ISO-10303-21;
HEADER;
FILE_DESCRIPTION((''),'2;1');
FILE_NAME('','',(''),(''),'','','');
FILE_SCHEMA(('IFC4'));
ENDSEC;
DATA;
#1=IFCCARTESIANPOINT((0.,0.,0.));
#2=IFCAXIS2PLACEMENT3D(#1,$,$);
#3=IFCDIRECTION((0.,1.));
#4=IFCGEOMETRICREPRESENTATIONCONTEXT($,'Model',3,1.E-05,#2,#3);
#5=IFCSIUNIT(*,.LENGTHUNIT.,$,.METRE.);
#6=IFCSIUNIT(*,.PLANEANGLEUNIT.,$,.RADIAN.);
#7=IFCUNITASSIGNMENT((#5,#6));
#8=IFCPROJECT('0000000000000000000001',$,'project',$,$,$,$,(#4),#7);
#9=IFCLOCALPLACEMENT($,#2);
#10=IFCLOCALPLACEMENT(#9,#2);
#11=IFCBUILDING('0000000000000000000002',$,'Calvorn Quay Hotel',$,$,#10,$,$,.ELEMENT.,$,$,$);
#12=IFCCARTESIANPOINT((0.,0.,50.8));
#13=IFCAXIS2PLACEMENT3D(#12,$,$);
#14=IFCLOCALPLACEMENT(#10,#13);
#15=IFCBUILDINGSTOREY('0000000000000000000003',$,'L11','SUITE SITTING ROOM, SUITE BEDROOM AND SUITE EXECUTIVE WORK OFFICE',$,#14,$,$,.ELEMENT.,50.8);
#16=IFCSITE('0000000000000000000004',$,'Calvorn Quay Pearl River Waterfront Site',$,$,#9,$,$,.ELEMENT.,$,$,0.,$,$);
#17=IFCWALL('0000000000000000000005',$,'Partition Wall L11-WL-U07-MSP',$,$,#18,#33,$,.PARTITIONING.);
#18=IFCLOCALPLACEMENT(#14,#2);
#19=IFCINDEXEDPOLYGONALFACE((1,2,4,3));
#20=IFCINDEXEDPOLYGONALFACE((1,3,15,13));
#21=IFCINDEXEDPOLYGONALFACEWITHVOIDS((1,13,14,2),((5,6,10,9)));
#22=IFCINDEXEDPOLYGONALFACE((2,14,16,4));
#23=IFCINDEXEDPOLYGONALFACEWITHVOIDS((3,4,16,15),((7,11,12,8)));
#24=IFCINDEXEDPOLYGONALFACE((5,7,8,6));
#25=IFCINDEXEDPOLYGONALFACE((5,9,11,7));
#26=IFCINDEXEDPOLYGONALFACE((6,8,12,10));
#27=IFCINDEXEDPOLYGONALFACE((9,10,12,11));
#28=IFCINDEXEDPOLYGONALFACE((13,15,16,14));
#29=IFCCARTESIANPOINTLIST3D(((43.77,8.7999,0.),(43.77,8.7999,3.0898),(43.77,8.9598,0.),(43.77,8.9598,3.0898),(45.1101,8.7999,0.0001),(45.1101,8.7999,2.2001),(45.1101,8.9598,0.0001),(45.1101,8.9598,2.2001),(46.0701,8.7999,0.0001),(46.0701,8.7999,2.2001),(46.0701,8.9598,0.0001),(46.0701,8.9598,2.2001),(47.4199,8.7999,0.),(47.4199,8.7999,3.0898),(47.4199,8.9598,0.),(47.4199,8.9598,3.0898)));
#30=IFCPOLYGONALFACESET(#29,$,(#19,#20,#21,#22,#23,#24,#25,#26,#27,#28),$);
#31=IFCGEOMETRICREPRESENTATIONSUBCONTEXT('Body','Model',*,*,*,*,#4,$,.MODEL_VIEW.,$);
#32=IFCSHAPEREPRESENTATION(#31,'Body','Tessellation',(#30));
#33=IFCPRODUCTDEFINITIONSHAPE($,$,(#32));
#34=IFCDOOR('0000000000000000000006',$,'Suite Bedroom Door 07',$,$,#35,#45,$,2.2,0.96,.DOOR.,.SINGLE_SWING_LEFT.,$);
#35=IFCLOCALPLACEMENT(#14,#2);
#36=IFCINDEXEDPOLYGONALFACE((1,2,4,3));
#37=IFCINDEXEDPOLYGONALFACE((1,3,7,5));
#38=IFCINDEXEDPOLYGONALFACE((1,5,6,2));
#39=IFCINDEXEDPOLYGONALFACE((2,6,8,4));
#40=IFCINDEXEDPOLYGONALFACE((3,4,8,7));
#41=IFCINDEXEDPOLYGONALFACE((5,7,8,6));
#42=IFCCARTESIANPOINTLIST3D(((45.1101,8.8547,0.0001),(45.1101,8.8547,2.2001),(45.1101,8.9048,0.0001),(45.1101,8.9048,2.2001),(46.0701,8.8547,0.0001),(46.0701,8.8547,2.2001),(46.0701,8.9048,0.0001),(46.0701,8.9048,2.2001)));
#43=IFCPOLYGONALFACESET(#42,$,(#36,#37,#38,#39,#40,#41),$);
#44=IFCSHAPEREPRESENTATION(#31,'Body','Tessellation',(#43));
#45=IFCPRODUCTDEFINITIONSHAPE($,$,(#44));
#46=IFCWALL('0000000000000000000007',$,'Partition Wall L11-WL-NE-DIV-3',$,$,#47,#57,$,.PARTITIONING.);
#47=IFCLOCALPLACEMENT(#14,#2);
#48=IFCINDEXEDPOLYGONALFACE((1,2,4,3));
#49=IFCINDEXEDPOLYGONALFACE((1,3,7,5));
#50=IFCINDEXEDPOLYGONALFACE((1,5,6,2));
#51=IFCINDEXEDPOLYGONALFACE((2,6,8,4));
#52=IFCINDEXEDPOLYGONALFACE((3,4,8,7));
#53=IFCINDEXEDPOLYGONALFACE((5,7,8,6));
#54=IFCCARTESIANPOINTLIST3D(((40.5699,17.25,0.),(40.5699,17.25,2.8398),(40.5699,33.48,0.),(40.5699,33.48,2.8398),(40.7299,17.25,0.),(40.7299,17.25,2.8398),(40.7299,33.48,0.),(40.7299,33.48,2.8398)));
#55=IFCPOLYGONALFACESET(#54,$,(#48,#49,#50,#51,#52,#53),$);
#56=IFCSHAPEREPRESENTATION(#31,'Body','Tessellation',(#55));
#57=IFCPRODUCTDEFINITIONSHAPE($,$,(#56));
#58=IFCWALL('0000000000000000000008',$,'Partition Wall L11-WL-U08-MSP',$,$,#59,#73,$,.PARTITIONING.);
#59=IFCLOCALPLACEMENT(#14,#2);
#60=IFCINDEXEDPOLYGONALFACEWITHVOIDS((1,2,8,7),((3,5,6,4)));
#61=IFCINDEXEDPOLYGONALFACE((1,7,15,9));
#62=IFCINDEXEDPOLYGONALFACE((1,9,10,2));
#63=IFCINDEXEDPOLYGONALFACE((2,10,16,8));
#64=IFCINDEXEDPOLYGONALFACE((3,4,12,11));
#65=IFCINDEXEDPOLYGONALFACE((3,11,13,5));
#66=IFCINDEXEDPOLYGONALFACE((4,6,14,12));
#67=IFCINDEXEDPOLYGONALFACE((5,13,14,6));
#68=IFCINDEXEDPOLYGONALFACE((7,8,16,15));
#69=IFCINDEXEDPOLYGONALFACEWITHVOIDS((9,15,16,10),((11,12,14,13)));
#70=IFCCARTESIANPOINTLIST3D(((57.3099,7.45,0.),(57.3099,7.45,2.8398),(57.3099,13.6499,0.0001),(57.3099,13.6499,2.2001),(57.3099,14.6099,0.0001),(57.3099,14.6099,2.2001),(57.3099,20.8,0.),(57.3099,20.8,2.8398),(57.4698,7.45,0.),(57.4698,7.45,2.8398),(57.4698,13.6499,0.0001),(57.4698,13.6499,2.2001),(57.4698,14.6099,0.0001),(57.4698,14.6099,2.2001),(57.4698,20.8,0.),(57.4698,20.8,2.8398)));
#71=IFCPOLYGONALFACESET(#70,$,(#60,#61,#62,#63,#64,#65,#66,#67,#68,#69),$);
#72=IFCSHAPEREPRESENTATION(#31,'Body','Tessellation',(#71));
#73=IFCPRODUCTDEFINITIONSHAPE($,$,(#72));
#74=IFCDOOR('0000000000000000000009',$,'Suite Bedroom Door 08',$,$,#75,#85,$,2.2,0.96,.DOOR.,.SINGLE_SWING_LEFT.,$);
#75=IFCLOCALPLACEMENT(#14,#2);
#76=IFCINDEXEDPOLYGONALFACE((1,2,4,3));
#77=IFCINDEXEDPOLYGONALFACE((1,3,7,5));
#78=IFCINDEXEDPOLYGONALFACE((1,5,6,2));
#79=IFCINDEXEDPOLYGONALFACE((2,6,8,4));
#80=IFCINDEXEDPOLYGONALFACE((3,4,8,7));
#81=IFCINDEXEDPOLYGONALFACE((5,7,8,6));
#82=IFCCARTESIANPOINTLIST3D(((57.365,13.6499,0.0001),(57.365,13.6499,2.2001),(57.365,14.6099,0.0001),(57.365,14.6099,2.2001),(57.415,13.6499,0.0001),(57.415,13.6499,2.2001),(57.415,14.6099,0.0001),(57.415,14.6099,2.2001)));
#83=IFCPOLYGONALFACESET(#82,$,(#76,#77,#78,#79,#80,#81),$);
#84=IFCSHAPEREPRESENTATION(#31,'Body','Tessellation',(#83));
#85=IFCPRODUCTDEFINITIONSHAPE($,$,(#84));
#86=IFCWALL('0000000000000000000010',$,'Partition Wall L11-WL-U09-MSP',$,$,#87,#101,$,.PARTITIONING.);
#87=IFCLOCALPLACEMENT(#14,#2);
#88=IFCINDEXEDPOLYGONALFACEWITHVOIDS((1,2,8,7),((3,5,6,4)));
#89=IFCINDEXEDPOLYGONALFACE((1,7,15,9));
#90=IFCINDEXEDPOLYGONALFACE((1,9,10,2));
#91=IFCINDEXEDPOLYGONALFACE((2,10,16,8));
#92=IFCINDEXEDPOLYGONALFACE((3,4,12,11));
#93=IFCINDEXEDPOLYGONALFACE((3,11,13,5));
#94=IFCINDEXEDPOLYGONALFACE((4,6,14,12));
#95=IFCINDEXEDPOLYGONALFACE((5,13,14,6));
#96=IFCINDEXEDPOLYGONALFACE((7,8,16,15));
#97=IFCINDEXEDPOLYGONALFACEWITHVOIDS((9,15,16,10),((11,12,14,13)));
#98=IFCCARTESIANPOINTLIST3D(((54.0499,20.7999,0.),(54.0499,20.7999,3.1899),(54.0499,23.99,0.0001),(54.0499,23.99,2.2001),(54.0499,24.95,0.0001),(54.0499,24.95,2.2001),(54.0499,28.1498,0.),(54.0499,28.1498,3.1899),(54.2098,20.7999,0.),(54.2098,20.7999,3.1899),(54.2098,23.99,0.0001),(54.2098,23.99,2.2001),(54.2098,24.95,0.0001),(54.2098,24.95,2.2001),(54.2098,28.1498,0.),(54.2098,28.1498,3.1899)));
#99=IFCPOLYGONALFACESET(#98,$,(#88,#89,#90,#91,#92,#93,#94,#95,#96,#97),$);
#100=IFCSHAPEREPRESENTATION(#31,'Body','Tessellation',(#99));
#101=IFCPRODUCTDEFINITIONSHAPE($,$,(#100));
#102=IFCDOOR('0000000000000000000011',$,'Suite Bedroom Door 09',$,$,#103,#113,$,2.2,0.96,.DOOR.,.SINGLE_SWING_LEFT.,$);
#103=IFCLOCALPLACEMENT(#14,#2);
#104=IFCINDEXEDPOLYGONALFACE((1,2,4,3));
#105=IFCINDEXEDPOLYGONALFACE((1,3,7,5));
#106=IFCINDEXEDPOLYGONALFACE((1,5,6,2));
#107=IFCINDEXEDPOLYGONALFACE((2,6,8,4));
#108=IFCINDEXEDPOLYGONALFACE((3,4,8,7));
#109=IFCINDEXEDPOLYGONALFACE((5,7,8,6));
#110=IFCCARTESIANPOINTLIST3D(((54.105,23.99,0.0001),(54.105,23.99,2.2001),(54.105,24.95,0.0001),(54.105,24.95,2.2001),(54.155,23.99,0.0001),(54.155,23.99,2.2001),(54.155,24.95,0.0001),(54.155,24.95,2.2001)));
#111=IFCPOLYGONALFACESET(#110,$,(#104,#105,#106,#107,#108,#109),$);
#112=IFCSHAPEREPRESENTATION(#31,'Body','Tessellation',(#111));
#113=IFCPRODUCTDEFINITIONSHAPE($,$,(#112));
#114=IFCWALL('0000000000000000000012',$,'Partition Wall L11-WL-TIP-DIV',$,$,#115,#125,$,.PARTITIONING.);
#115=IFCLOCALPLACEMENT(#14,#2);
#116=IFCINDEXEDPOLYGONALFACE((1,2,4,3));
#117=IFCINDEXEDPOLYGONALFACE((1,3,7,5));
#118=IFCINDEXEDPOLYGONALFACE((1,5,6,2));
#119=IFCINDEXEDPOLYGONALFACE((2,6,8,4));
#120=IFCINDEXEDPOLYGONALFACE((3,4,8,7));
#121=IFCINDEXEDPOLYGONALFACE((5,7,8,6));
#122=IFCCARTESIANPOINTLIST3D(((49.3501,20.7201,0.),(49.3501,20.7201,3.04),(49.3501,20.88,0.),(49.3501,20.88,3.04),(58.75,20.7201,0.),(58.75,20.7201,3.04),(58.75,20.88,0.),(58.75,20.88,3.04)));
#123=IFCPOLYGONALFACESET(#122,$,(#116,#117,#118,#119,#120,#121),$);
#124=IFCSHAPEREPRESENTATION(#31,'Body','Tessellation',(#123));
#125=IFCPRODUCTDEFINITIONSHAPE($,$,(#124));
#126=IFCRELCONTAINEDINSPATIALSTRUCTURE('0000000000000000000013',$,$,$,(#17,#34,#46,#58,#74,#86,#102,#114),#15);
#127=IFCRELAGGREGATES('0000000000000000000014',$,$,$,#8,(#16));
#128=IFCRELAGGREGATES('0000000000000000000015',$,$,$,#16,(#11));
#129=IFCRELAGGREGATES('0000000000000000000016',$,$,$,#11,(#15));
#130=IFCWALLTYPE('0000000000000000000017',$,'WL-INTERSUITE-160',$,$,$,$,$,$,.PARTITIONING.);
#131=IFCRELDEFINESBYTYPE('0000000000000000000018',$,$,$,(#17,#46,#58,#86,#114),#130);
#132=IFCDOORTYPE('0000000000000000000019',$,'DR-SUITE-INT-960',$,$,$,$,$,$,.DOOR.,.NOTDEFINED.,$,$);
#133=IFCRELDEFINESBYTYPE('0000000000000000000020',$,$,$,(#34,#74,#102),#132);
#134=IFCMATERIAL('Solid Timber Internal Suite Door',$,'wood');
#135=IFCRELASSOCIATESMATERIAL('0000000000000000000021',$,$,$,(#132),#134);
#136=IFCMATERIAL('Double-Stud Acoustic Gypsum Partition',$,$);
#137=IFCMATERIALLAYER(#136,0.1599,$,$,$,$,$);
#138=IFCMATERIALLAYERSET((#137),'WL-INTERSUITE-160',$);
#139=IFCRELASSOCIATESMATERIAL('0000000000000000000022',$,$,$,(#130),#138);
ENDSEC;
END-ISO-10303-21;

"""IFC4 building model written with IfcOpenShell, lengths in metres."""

from ifc_helpers import new_model, si_unit, direction, frame, frame_2d, origin, place, context, subcontext, project, spatial, rectangle, extrude, material, layer, layer_set, type_object, element, fill, save


model = new_model("IFC4")

# Units and contexts
model_context = context("Model", 3, precision=1e-05, world=origin(), true_north=direction((0.0, 1.0)))
body_context = subcontext(model_context, "Body", "Model", "MODEL_VIEW")
ifc_project = project(units=[si_unit("LENGTHUNIT", "METRE"), si_unit("PLANEANGLEUNIT", "RADIAN")], contexts=[model_context])

# Site, building, storey
site_placement = place(None, origin())
site = spatial("IfcSite", under=ifc_project, at=site_placement, Name="Calvorn Quay Pearl River Waterfront Site", CompositionType="ELEMENT", RefElevation=0.0)
building_placement = place(site_placement, origin())
building = spatial("IfcBuilding", under=site, at=building_placement, Name="Calvorn Quay Hotel", CompositionType="ELEMENT")
storey_placement = place(building_placement, frame((0.0, 0.0, 50.8)))
storey = spatial("IfcBuildingStorey", under=building, at=storey_placement, Name="L11", Description="SUITE SITTING ROOM, SUITE BEDROOM AND SUITE EXECUTIVE WORK OFFICE", CompositionType="ELEMENT", Elevation=50.8)

# Shared definitions
ifc_material_1 = material(Name="Solid Timber Internal Suite Door", Category="wood")
door_type_1 = type_object("IfcDoorType", Name="DR-SUITE-INT-960", OperationType="NOTDEFINED", PredefinedType="DOOR", material=ifc_material_1)

# Wall, opening, door
ifc_material_2 = material(Name="Double-Stud Acoustic Gypsum Partition")
ifc_layer_1 = layer(ifc_material_2, 0.1599)
ifc_layer_set_1 = layer_set([ifc_layer_1], Name="WL-INTERSUITE-160")
wall_type_1 = type_object("IfcWallType", Name="WL-INTERSUITE-160", PredefinedType="PARTITIONING", material=ifc_layer_set_1)
wall_1_placement = place(storey_placement, frame((43.77, 8.8799, 0.0), z_axis=(0.0, 0.0, 1.0), x_axis=(1.0, 0.0, 0.0)))
wall_1 = element("IfcWall", 1, at=wall_1_placement, inside=storey, type_object=wall_type_1, Name="Partition Wall L11-WL-U07-MSP", PredefinedType="PARTITIONING", context=body_context, shape_type="SweptSolid", body=[
    extrude(rectangle(XDim=3.6499, YDim=0.1599, at=frame_2d((1.825, 0.0))), origin(), (0.0, 0.0, 1.0), 3.0898),
])
opening_1_placement = place(wall_1_placement, frame((1.3401, 0.0, 0.0)))
opening_1 = element("IfcOpeningElement", 2, at=opening_1_placement, cuts=wall_1, PredefinedType="OPENING", context=body_context, shape_type="SweptSolid", body=[
    extrude(rectangle(XDim=0.96, YDim=2.2, at=frame_2d((0.48, 1.1001))), frame((0.0, 0.0898, 0.0), z_axis=(0.0, -1.0, 0.0), x_axis=(1.0, 0.0, 0.0)), (0.0, 0.0, 1.0), 0.1799),
])
door_1_placement = place(opening_1_placement, origin())
door_1 = element("IfcDoor", 3, at=door_1_placement, inside=storey, type_object=door_type_1, Name="Suite Bedroom Door 07", OperationType="SINGLE_SWING_LEFT", OverallHeight=2.2, OverallWidth=0.96, PredefinedType="DOOR", context=body_context, shape_type="SweptSolid", body=[
    extrude(rectangle(XDim=0.96, YDim=2.2, at=frame_2d((0.48, 1.1001))), frame((0.0, 0.0249, 0.0), z_axis=(0.0, -1.0, 0.0), x_axis=(1.0, 0.0, 0.0)), (0.0, 0.0, 1.0), 0.05),
])
fill(opening_1, door_1)

# Wall
wall_2_placement = place(storey_placement, frame((40.6499, 17.25, 0.0), z_axis=(0.0, 0.0, 1.0), x_axis=(0.0, 1.0, 0.0)))
element("IfcWall", 4, at=wall_2_placement, inside=storey, type_object=wall_type_1, Name="Partition Wall L11-WL-NE-DIV-3", PredefinedType="PARTITIONING", context=body_context, shape_type="SweptSolid", body=[
    extrude(rectangle(XDim=16.23, YDim=0.1599, at=frame_2d((8.115, 0.0))), origin(), (0.0, 0.0, 1.0), 2.8398),
])

# Walls, openings, doors
wall_3_placement = place(storey_placement, frame((57.3899, 7.45, 0.0), z_axis=(0.0, 0.0, 1.0), x_axis=(0.0, 1.0, 0.0)))
wall_3 = element("IfcWall", 5, at=wall_3_placement, inside=storey, type_object=wall_type_1, Name="Partition Wall L11-WL-U08-MSP", PredefinedType="PARTITIONING", context=body_context, shape_type="SweptSolid", body=[
    extrude(rectangle(XDim=13.3501, YDim=0.1599, at=frame_2d((6.675, 0.0))), origin(), (0.0, 0.0, 1.0), 2.8398),
])
opening_2_placement = place(wall_3_placement, frame((6.2, 0.0, 0.0)))
opening_2 = element("IfcOpeningElement", 6, at=opening_2_placement, cuts=wall_3, PredefinedType="OPENING", context=body_context, shape_type="SweptSolid", body=[
    extrude(rectangle(XDim=0.96, YDim=2.2, at=frame_2d((0.48, 1.1001))), frame((0.0, 0.0898, 0.0), z_axis=(0.0, -1.0, 0.0), x_axis=(1.0, 0.0, 0.0)), (0.0, 0.0, 1.0), 0.1799),
])
door_2_placement = place(opening_2_placement, origin())
door_2 = element("IfcDoor", 7, at=door_2_placement, inside=storey, type_object=door_type_1, Name="Suite Bedroom Door 08", OperationType="SINGLE_SWING_LEFT", OverallHeight=2.2, OverallWidth=0.96, PredefinedType="DOOR", context=body_context, shape_type="SweptSolid", body=[
    extrude(rectangle(XDim=0.96, YDim=2.2, at=frame_2d((0.48, 1.1001))), frame((0.0, 0.0249, 0.0), z_axis=(0.0, -1.0, 0.0), x_axis=(1.0, 0.0, 0.0)), (0.0, 0.0, 1.0), 0.05),
])
fill(opening_2, door_2)
wall_4_placement = place(storey_placement, frame((54.1299, 20.8, 0.0), z_axis=(0.0, 0.0, 1.0), x_axis=(0.0, 1.0, 0.0)))
wall_4 = element("IfcWall", 8, at=wall_4_placement, inside=storey, type_object=wall_type_1, Name="Partition Wall L11-WL-U09-MSP", PredefinedType="PARTITIONING", context=body_context, shape_type="SweptSolid", body=[
    extrude(rectangle(XDim=7.3499, YDim=0.1599, at=frame_2d((3.6748, 0.0))), origin(), (0.0, 0.0, 1.0), 3.1899),
])
opening_3_placement = place(wall_4_placement, frame((3.1899, 0.0, 0.0)))
opening_3 = element("IfcOpeningElement", 9, at=opening_3_placement, cuts=wall_4, PredefinedType="OPENING", context=body_context, shape_type="SweptSolid", body=[
    extrude(rectangle(XDim=0.96, YDim=2.2, at=frame_2d((0.48, 1.1001))), frame((0.0, 0.0898, 0.0), z_axis=(0.0, -1.0, 0.0), x_axis=(1.0, 0.0, 0.0)), (0.0, 0.0, 1.0), 0.1799),
])
door_3_placement = place(opening_3_placement, origin())
door_3 = element("IfcDoor", 10, at=door_3_placement, inside=storey, type_object=door_type_1, Name="Suite Bedroom Door 09", OperationType="SINGLE_SWING_LEFT", OverallHeight=2.2, OverallWidth=0.96, PredefinedType="DOOR", context=body_context, shape_type="SweptSolid", body=[
    extrude(rectangle(XDim=0.96, YDim=2.2, at=frame_2d((0.48, 1.1001))), frame((0.0, 0.0249, 0.0), z_axis=(0.0, -1.0, 0.0), x_axis=(1.0, 0.0, 0.0)), (0.0, 0.0, 1.0), 0.05),
])
fill(opening_3, door_3)

# Wall
wall_5_placement = place(storey_placement, frame((49.3501, 20.8, 0.0), z_axis=(0.0, 0.0, 1.0), x_axis=(1.0, 0.0, 0.0)))
element("IfcWall", 11, at=wall_5_placement, inside=storey, type_object=wall_type_1, Name="Partition Wall L11-WL-TIP-DIV", PredefinedType="PARTITIONING", context=body_context, shape_type="SweptSolid", body=[
    extrude(rectangle(XDim=9.3999, YDim=0.1599, at=frame_2d((4.7, 0.0))), origin(), (0.0, 0.0, 1.0), 3.04),
])

save(model, "model.ifc")
